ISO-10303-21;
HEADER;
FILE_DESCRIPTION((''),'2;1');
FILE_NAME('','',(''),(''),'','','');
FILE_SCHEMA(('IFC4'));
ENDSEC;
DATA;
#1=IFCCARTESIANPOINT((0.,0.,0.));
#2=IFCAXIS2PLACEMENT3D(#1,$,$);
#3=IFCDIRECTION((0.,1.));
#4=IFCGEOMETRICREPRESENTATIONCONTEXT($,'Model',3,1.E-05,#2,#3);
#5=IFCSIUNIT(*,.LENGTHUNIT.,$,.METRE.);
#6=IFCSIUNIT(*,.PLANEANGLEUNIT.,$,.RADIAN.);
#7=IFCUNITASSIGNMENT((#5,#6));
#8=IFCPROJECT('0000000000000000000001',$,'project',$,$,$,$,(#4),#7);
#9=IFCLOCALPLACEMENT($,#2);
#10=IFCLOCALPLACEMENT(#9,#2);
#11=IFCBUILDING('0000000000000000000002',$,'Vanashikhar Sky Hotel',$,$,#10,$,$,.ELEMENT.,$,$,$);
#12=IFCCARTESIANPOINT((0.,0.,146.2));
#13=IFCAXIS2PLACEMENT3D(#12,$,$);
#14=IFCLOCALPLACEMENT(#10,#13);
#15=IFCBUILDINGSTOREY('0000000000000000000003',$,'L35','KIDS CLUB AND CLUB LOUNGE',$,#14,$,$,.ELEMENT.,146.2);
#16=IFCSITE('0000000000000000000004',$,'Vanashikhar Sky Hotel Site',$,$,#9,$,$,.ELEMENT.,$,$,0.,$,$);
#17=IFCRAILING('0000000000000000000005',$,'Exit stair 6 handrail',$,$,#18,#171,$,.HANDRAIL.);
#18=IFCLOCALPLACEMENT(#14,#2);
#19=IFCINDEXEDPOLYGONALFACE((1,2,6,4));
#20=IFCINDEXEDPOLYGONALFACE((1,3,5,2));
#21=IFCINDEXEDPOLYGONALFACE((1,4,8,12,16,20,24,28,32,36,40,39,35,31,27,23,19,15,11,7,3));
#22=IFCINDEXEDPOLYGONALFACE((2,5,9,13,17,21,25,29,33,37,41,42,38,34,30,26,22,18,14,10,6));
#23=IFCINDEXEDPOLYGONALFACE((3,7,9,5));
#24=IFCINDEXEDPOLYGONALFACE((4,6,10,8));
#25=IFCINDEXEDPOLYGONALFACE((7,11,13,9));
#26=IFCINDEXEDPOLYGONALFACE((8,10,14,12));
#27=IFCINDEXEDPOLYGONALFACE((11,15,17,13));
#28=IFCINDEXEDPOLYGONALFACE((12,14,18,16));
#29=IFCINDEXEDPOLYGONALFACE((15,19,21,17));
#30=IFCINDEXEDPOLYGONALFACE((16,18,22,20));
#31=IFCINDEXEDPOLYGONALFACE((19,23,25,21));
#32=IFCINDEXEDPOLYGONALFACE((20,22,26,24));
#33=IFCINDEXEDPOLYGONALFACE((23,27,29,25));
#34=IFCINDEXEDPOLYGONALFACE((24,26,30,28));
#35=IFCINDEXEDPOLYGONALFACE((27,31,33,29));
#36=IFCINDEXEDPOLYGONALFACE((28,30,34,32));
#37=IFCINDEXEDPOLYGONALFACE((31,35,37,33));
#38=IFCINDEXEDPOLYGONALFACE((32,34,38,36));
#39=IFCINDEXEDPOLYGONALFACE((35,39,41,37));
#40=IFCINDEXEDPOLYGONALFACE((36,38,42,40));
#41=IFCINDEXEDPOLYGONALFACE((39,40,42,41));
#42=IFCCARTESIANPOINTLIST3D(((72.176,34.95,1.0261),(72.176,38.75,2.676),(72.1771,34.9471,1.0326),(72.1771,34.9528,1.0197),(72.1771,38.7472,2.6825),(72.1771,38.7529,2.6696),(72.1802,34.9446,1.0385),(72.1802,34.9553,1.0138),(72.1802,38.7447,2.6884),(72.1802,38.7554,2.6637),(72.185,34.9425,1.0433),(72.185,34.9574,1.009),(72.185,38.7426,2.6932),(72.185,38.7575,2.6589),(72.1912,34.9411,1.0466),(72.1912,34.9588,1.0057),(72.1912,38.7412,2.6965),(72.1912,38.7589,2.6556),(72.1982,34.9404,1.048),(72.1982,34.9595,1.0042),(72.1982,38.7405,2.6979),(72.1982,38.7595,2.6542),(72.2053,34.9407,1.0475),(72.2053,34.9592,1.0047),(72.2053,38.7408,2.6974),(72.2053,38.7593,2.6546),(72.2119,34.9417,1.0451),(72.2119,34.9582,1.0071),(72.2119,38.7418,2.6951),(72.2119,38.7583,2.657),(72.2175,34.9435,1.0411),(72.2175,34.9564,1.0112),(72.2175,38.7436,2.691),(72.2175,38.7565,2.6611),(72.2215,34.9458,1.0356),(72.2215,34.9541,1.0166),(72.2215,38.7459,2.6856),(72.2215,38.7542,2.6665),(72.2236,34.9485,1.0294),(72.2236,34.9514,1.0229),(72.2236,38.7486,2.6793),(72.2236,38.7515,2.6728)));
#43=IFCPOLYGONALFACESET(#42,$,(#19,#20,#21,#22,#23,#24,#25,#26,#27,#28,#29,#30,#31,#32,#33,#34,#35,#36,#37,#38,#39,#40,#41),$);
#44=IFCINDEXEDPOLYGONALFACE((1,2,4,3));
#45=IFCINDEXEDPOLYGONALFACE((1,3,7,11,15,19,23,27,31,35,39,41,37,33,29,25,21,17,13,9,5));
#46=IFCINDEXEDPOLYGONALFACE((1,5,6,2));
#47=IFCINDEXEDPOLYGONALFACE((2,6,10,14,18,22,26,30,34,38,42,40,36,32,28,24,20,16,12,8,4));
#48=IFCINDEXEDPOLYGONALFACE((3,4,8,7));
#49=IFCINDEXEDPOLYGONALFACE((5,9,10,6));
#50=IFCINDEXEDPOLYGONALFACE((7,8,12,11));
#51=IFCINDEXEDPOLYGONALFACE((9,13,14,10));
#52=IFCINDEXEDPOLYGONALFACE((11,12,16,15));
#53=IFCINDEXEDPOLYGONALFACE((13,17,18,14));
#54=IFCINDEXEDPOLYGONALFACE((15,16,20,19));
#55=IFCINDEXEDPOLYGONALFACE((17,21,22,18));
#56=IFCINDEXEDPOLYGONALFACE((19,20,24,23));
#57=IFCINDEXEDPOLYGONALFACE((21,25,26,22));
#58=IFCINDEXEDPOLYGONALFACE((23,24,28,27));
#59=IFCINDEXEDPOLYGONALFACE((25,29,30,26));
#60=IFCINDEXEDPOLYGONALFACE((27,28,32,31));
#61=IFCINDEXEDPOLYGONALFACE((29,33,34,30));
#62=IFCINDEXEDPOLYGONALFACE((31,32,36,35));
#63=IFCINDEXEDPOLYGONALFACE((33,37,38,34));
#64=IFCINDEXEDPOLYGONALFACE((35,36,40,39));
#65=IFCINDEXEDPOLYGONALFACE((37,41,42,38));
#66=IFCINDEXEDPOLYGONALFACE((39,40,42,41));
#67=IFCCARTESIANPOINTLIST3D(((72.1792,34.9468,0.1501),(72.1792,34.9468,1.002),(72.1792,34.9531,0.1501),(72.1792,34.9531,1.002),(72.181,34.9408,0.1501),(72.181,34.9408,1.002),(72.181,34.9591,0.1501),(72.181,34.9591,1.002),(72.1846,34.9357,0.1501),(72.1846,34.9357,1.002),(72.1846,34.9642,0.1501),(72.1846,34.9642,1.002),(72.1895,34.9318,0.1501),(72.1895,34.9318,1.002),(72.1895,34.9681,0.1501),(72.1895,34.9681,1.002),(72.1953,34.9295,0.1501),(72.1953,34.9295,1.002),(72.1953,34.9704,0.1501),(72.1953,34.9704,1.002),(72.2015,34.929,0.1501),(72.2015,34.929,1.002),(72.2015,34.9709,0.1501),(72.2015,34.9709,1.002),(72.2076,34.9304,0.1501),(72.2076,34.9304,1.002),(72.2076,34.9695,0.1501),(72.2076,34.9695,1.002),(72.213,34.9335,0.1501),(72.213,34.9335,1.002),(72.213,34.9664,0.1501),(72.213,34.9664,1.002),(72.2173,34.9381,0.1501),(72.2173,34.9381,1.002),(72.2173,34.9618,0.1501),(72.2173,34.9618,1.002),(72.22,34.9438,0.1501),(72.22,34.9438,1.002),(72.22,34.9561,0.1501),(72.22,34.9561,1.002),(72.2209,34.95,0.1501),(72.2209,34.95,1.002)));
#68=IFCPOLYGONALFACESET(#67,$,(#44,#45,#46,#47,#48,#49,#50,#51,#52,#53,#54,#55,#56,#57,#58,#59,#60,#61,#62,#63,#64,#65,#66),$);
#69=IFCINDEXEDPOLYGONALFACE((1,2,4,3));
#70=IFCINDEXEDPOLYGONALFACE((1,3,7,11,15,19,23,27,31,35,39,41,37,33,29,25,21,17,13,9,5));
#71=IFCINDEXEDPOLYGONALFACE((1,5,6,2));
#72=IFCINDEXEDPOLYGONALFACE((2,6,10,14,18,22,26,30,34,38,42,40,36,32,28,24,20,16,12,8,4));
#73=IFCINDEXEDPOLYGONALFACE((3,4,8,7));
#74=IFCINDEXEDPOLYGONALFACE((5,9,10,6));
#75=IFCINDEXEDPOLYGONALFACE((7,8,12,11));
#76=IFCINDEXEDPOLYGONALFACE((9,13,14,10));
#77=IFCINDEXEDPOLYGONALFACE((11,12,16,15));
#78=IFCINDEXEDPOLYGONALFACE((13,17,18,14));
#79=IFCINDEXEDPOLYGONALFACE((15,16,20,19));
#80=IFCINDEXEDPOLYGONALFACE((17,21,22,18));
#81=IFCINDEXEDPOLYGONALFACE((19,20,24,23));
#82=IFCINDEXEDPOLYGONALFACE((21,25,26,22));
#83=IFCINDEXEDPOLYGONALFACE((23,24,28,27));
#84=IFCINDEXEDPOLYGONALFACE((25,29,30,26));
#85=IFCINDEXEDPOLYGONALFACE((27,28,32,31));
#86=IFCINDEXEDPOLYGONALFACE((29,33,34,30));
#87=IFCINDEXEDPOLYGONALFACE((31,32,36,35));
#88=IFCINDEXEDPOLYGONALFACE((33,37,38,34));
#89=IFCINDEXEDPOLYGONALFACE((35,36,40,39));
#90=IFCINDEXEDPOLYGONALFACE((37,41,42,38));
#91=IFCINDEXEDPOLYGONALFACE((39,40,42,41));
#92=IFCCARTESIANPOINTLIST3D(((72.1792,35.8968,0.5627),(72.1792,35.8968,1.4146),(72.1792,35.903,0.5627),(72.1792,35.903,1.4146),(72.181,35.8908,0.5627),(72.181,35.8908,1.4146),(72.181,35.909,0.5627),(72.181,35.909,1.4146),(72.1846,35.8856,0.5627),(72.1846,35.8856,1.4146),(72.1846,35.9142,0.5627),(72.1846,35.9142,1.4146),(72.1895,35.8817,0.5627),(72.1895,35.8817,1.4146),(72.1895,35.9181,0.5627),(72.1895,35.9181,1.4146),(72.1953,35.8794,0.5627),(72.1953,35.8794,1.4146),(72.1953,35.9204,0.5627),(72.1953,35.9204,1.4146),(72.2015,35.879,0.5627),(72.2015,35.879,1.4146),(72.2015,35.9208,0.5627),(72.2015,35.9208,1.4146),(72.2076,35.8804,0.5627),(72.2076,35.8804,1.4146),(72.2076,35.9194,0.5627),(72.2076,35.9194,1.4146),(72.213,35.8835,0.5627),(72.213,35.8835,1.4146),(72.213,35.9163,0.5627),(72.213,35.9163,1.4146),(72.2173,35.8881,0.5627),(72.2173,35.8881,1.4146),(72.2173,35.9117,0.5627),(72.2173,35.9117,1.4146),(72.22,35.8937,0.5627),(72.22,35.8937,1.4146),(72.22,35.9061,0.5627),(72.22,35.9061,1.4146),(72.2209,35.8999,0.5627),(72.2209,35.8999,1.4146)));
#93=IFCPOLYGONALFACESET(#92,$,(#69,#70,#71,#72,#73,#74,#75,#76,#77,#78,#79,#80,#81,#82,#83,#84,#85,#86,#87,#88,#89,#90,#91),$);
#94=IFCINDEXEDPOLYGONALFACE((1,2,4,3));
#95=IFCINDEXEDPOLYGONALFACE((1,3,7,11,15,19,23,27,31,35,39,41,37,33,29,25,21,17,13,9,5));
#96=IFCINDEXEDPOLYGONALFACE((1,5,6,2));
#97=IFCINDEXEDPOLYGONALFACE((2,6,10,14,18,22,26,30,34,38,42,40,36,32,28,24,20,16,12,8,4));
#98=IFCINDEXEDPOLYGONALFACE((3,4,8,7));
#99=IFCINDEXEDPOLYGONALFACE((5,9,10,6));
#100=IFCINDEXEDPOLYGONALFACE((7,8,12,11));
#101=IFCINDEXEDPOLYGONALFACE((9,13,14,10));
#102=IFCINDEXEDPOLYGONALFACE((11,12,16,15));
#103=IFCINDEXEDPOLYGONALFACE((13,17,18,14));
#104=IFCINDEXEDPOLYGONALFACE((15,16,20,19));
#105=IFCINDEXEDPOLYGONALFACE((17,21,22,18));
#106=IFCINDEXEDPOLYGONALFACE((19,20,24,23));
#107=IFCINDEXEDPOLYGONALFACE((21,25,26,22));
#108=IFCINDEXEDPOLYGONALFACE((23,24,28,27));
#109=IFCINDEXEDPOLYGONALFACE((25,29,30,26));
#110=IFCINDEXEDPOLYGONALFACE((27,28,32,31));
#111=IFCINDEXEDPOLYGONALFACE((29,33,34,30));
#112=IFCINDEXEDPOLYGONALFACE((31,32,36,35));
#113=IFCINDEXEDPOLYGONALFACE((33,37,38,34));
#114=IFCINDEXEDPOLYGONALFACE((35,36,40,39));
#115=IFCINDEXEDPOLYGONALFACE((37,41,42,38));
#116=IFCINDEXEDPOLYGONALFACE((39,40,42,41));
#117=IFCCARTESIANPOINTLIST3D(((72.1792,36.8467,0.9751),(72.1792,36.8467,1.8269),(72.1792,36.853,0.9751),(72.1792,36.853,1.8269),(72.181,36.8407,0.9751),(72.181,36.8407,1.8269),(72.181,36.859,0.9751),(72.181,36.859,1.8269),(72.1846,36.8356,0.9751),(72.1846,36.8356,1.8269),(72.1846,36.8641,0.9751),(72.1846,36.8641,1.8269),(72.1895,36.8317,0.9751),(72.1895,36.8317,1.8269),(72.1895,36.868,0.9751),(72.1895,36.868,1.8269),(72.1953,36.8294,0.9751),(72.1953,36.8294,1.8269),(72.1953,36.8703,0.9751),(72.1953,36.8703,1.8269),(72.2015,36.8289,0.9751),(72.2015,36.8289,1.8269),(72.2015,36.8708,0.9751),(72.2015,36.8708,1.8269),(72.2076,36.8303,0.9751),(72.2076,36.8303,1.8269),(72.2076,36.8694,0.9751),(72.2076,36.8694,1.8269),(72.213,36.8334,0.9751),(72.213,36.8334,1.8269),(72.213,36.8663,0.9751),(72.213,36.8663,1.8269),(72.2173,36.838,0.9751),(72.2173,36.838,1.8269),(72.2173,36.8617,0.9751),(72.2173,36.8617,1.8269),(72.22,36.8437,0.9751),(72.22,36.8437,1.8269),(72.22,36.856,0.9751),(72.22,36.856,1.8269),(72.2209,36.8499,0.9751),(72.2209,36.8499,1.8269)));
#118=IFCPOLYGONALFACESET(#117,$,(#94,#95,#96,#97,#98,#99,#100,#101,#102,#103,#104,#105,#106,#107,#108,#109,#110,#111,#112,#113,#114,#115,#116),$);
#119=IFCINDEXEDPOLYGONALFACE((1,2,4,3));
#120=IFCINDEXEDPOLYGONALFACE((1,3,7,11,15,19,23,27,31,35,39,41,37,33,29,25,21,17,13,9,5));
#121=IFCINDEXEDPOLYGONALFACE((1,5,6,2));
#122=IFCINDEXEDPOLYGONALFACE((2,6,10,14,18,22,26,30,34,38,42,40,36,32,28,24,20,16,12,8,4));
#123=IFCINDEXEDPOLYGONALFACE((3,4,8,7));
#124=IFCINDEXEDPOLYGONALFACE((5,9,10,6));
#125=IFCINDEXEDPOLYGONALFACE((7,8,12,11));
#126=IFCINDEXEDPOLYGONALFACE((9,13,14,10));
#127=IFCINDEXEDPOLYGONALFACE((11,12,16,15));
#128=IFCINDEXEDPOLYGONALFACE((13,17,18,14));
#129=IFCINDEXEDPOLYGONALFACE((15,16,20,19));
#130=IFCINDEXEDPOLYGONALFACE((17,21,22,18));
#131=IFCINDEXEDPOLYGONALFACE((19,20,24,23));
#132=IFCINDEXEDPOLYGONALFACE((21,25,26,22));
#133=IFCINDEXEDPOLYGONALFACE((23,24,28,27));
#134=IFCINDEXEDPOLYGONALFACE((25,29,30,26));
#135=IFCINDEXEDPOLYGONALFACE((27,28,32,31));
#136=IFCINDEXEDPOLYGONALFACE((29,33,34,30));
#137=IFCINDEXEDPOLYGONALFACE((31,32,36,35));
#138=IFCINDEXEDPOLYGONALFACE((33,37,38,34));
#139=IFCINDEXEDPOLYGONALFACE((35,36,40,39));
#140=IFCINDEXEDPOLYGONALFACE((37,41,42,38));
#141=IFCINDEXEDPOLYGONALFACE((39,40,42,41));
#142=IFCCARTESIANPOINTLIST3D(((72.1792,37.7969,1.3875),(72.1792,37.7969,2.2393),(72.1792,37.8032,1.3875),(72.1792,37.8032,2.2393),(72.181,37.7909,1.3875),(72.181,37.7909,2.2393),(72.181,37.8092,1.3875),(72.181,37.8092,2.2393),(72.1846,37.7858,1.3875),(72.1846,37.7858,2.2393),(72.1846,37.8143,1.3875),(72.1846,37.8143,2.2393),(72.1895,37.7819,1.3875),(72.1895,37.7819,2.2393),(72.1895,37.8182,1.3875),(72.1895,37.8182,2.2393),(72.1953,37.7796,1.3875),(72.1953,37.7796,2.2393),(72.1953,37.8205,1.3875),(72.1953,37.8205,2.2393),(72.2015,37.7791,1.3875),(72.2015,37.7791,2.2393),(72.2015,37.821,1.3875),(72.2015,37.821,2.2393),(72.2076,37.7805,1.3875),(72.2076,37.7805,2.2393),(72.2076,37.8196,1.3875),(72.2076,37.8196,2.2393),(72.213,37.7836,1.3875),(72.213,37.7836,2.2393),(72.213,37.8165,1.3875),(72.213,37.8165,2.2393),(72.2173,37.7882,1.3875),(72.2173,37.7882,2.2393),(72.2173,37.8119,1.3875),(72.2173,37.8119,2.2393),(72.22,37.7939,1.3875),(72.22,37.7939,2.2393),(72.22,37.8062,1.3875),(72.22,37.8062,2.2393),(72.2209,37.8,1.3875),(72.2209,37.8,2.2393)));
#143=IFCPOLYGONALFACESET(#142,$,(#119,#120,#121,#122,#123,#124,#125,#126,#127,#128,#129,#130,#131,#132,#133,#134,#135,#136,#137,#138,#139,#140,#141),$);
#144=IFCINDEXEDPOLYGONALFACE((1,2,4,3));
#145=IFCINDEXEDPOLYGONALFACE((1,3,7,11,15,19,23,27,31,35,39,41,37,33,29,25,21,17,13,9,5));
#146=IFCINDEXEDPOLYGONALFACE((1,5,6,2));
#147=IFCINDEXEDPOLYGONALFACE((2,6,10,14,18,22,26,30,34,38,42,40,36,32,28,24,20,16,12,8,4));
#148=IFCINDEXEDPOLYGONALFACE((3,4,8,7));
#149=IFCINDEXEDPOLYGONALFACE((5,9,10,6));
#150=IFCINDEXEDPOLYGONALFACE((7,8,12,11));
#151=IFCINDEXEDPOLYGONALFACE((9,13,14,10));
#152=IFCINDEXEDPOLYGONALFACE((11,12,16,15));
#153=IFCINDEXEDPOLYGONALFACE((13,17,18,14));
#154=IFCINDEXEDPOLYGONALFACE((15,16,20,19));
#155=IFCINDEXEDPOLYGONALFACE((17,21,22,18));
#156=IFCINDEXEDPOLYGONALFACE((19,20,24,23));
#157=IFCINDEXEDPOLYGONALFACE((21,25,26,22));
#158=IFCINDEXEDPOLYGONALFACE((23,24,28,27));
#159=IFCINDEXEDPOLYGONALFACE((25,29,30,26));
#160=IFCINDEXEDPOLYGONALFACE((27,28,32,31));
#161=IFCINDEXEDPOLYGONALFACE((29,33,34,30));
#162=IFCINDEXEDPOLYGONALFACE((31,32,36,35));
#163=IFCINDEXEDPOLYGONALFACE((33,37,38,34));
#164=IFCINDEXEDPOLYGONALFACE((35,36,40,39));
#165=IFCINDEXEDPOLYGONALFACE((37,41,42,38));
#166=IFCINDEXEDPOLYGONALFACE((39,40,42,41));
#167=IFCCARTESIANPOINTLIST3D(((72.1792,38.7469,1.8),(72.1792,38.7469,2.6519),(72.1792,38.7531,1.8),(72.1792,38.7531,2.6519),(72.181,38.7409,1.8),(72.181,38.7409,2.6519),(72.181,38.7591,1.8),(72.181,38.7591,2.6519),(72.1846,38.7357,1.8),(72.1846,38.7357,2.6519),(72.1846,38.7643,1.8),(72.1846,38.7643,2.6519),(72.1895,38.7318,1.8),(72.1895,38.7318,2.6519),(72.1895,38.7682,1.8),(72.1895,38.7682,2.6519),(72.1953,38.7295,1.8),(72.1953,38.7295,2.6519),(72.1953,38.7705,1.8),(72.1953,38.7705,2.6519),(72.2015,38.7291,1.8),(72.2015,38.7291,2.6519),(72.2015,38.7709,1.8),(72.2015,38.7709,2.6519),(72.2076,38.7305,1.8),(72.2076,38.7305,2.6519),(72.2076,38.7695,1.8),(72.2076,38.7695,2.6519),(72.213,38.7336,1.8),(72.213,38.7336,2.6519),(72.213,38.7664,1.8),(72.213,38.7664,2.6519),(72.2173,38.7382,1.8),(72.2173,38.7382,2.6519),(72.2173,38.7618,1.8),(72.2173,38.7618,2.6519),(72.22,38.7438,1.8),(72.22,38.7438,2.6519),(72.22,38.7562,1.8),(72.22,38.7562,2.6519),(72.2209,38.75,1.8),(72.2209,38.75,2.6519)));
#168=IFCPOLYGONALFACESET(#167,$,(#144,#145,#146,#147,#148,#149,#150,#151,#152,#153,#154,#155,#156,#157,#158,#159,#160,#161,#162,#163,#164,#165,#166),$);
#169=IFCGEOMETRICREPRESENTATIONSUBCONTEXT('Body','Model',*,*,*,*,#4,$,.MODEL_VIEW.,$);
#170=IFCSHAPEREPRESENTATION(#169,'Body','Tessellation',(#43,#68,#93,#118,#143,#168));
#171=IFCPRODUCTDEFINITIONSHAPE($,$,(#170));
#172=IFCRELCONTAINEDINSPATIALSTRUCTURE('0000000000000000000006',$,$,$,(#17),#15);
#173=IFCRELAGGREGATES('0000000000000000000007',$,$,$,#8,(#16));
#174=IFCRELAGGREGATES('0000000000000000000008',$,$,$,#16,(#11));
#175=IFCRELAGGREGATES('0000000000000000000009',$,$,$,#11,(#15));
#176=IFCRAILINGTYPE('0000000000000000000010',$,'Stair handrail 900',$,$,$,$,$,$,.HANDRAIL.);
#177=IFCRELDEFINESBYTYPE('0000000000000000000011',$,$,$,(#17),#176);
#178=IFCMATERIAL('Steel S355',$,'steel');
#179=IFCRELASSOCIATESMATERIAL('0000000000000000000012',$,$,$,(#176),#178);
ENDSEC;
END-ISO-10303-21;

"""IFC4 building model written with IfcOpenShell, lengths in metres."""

from ifc_helpers import new_model, si_unit, direction, frame, origin, origin_2d, place, context, subcontext, project, spatial, circle, extrude, source, transform, mapped, material, type_object, element, save


model = new_model("IFC4")

# Units and contexts
model_context = context("Model", 3, precision=1e-05, world=origin(), true_north=direction((0.0, 1.0)))
body_context = subcontext(model_context, "Body", "Model", "MODEL_VIEW")
ifc_project = project(units=[si_unit("LENGTHUNIT", "METRE"), si_unit("PLANEANGLEUNIT", "RADIAN")], contexts=[model_context])

# Site, building, storey
site_placement = place(None, origin())
site = spatial("IfcSite", under=ifc_project, at=site_placement, Name="Vanashikhar Sky Hotel Site", CompositionType="ELEMENT", RefElevation=0.0)
building_placement = place(site_placement, origin())
building = spatial("IfcBuilding", under=site, at=building_placement, Name="Vanashikhar Sky Hotel", CompositionType="ELEMENT")
storey_placement = place(building_placement, frame((0.0, 0.0, 146.2)))
storey = spatial("IfcBuildingStorey", under=building, at=storey_placement, Name="L35", Description="KIDS CLUB AND CLUB LOUNGE", CompositionType="ELEMENT", Elevation=146.2)

# Railing
ifc_material_1 = material(Name="Steel S355", Category="steel")
railing_type_1 = type_object("IfcRailingType", Name="Stair handrail 900", PredefinedType="HANDRAIL", material=ifc_material_1)
shared_shape_1 = source(origin(), body_context, "Body", "SweptSolid", [
    extrude(circle(Radius=0.0239, at=origin_2d()), frame((0.0, 0.0, 0.876), z_axis=(0.0, 0.917272, 0.398261), x_axis=(-1.0, 0.0, 0.0)), (0.0, 0.0, 1.0), 4.1428),
    extrude(circle(Radius=0.021, at=origin_2d()), origin(), (0.0, 0.0, 1.0), 0.8518),
    extrude(circle(Radius=0.021, at=origin_2d()), frame((0.0, 0.95, 0.4126)), (0.0, 0.0, 1.0), 0.8518),
    extrude(circle(Radius=0.021, at=origin_2d()), frame((0.0, 1.8999, 0.825)), (0.0, 0.0, 1.0), 0.8518),
    extrude(circle(Radius=0.021, at=origin_2d()), frame((0.0, 2.8501, 1.2373)), (0.0, 0.0, 1.0), 0.8518),
    extrude(circle(Radius=0.021, at=origin_2d()), frame((0.0, 3.8, 1.6499)), (0.0, 0.0, 1.0), 0.8518),
])
railing_1_placement = place(storey_placement, frame((72.2, 34.95, 0.1501)))
element("IfcRailing", 1, at=railing_1_placement, inside=storey, type_object=railing_type_1, Name="Exit stair 6 handrail", PredefinedType="HANDRAIL", context=body_context, shape_type="MappedRepresentation", body=[
    mapped(shared_shape_1, transform((0.0, 0.0, 0.0), scale=1.0)),
])

save(model, "model.ifc")
